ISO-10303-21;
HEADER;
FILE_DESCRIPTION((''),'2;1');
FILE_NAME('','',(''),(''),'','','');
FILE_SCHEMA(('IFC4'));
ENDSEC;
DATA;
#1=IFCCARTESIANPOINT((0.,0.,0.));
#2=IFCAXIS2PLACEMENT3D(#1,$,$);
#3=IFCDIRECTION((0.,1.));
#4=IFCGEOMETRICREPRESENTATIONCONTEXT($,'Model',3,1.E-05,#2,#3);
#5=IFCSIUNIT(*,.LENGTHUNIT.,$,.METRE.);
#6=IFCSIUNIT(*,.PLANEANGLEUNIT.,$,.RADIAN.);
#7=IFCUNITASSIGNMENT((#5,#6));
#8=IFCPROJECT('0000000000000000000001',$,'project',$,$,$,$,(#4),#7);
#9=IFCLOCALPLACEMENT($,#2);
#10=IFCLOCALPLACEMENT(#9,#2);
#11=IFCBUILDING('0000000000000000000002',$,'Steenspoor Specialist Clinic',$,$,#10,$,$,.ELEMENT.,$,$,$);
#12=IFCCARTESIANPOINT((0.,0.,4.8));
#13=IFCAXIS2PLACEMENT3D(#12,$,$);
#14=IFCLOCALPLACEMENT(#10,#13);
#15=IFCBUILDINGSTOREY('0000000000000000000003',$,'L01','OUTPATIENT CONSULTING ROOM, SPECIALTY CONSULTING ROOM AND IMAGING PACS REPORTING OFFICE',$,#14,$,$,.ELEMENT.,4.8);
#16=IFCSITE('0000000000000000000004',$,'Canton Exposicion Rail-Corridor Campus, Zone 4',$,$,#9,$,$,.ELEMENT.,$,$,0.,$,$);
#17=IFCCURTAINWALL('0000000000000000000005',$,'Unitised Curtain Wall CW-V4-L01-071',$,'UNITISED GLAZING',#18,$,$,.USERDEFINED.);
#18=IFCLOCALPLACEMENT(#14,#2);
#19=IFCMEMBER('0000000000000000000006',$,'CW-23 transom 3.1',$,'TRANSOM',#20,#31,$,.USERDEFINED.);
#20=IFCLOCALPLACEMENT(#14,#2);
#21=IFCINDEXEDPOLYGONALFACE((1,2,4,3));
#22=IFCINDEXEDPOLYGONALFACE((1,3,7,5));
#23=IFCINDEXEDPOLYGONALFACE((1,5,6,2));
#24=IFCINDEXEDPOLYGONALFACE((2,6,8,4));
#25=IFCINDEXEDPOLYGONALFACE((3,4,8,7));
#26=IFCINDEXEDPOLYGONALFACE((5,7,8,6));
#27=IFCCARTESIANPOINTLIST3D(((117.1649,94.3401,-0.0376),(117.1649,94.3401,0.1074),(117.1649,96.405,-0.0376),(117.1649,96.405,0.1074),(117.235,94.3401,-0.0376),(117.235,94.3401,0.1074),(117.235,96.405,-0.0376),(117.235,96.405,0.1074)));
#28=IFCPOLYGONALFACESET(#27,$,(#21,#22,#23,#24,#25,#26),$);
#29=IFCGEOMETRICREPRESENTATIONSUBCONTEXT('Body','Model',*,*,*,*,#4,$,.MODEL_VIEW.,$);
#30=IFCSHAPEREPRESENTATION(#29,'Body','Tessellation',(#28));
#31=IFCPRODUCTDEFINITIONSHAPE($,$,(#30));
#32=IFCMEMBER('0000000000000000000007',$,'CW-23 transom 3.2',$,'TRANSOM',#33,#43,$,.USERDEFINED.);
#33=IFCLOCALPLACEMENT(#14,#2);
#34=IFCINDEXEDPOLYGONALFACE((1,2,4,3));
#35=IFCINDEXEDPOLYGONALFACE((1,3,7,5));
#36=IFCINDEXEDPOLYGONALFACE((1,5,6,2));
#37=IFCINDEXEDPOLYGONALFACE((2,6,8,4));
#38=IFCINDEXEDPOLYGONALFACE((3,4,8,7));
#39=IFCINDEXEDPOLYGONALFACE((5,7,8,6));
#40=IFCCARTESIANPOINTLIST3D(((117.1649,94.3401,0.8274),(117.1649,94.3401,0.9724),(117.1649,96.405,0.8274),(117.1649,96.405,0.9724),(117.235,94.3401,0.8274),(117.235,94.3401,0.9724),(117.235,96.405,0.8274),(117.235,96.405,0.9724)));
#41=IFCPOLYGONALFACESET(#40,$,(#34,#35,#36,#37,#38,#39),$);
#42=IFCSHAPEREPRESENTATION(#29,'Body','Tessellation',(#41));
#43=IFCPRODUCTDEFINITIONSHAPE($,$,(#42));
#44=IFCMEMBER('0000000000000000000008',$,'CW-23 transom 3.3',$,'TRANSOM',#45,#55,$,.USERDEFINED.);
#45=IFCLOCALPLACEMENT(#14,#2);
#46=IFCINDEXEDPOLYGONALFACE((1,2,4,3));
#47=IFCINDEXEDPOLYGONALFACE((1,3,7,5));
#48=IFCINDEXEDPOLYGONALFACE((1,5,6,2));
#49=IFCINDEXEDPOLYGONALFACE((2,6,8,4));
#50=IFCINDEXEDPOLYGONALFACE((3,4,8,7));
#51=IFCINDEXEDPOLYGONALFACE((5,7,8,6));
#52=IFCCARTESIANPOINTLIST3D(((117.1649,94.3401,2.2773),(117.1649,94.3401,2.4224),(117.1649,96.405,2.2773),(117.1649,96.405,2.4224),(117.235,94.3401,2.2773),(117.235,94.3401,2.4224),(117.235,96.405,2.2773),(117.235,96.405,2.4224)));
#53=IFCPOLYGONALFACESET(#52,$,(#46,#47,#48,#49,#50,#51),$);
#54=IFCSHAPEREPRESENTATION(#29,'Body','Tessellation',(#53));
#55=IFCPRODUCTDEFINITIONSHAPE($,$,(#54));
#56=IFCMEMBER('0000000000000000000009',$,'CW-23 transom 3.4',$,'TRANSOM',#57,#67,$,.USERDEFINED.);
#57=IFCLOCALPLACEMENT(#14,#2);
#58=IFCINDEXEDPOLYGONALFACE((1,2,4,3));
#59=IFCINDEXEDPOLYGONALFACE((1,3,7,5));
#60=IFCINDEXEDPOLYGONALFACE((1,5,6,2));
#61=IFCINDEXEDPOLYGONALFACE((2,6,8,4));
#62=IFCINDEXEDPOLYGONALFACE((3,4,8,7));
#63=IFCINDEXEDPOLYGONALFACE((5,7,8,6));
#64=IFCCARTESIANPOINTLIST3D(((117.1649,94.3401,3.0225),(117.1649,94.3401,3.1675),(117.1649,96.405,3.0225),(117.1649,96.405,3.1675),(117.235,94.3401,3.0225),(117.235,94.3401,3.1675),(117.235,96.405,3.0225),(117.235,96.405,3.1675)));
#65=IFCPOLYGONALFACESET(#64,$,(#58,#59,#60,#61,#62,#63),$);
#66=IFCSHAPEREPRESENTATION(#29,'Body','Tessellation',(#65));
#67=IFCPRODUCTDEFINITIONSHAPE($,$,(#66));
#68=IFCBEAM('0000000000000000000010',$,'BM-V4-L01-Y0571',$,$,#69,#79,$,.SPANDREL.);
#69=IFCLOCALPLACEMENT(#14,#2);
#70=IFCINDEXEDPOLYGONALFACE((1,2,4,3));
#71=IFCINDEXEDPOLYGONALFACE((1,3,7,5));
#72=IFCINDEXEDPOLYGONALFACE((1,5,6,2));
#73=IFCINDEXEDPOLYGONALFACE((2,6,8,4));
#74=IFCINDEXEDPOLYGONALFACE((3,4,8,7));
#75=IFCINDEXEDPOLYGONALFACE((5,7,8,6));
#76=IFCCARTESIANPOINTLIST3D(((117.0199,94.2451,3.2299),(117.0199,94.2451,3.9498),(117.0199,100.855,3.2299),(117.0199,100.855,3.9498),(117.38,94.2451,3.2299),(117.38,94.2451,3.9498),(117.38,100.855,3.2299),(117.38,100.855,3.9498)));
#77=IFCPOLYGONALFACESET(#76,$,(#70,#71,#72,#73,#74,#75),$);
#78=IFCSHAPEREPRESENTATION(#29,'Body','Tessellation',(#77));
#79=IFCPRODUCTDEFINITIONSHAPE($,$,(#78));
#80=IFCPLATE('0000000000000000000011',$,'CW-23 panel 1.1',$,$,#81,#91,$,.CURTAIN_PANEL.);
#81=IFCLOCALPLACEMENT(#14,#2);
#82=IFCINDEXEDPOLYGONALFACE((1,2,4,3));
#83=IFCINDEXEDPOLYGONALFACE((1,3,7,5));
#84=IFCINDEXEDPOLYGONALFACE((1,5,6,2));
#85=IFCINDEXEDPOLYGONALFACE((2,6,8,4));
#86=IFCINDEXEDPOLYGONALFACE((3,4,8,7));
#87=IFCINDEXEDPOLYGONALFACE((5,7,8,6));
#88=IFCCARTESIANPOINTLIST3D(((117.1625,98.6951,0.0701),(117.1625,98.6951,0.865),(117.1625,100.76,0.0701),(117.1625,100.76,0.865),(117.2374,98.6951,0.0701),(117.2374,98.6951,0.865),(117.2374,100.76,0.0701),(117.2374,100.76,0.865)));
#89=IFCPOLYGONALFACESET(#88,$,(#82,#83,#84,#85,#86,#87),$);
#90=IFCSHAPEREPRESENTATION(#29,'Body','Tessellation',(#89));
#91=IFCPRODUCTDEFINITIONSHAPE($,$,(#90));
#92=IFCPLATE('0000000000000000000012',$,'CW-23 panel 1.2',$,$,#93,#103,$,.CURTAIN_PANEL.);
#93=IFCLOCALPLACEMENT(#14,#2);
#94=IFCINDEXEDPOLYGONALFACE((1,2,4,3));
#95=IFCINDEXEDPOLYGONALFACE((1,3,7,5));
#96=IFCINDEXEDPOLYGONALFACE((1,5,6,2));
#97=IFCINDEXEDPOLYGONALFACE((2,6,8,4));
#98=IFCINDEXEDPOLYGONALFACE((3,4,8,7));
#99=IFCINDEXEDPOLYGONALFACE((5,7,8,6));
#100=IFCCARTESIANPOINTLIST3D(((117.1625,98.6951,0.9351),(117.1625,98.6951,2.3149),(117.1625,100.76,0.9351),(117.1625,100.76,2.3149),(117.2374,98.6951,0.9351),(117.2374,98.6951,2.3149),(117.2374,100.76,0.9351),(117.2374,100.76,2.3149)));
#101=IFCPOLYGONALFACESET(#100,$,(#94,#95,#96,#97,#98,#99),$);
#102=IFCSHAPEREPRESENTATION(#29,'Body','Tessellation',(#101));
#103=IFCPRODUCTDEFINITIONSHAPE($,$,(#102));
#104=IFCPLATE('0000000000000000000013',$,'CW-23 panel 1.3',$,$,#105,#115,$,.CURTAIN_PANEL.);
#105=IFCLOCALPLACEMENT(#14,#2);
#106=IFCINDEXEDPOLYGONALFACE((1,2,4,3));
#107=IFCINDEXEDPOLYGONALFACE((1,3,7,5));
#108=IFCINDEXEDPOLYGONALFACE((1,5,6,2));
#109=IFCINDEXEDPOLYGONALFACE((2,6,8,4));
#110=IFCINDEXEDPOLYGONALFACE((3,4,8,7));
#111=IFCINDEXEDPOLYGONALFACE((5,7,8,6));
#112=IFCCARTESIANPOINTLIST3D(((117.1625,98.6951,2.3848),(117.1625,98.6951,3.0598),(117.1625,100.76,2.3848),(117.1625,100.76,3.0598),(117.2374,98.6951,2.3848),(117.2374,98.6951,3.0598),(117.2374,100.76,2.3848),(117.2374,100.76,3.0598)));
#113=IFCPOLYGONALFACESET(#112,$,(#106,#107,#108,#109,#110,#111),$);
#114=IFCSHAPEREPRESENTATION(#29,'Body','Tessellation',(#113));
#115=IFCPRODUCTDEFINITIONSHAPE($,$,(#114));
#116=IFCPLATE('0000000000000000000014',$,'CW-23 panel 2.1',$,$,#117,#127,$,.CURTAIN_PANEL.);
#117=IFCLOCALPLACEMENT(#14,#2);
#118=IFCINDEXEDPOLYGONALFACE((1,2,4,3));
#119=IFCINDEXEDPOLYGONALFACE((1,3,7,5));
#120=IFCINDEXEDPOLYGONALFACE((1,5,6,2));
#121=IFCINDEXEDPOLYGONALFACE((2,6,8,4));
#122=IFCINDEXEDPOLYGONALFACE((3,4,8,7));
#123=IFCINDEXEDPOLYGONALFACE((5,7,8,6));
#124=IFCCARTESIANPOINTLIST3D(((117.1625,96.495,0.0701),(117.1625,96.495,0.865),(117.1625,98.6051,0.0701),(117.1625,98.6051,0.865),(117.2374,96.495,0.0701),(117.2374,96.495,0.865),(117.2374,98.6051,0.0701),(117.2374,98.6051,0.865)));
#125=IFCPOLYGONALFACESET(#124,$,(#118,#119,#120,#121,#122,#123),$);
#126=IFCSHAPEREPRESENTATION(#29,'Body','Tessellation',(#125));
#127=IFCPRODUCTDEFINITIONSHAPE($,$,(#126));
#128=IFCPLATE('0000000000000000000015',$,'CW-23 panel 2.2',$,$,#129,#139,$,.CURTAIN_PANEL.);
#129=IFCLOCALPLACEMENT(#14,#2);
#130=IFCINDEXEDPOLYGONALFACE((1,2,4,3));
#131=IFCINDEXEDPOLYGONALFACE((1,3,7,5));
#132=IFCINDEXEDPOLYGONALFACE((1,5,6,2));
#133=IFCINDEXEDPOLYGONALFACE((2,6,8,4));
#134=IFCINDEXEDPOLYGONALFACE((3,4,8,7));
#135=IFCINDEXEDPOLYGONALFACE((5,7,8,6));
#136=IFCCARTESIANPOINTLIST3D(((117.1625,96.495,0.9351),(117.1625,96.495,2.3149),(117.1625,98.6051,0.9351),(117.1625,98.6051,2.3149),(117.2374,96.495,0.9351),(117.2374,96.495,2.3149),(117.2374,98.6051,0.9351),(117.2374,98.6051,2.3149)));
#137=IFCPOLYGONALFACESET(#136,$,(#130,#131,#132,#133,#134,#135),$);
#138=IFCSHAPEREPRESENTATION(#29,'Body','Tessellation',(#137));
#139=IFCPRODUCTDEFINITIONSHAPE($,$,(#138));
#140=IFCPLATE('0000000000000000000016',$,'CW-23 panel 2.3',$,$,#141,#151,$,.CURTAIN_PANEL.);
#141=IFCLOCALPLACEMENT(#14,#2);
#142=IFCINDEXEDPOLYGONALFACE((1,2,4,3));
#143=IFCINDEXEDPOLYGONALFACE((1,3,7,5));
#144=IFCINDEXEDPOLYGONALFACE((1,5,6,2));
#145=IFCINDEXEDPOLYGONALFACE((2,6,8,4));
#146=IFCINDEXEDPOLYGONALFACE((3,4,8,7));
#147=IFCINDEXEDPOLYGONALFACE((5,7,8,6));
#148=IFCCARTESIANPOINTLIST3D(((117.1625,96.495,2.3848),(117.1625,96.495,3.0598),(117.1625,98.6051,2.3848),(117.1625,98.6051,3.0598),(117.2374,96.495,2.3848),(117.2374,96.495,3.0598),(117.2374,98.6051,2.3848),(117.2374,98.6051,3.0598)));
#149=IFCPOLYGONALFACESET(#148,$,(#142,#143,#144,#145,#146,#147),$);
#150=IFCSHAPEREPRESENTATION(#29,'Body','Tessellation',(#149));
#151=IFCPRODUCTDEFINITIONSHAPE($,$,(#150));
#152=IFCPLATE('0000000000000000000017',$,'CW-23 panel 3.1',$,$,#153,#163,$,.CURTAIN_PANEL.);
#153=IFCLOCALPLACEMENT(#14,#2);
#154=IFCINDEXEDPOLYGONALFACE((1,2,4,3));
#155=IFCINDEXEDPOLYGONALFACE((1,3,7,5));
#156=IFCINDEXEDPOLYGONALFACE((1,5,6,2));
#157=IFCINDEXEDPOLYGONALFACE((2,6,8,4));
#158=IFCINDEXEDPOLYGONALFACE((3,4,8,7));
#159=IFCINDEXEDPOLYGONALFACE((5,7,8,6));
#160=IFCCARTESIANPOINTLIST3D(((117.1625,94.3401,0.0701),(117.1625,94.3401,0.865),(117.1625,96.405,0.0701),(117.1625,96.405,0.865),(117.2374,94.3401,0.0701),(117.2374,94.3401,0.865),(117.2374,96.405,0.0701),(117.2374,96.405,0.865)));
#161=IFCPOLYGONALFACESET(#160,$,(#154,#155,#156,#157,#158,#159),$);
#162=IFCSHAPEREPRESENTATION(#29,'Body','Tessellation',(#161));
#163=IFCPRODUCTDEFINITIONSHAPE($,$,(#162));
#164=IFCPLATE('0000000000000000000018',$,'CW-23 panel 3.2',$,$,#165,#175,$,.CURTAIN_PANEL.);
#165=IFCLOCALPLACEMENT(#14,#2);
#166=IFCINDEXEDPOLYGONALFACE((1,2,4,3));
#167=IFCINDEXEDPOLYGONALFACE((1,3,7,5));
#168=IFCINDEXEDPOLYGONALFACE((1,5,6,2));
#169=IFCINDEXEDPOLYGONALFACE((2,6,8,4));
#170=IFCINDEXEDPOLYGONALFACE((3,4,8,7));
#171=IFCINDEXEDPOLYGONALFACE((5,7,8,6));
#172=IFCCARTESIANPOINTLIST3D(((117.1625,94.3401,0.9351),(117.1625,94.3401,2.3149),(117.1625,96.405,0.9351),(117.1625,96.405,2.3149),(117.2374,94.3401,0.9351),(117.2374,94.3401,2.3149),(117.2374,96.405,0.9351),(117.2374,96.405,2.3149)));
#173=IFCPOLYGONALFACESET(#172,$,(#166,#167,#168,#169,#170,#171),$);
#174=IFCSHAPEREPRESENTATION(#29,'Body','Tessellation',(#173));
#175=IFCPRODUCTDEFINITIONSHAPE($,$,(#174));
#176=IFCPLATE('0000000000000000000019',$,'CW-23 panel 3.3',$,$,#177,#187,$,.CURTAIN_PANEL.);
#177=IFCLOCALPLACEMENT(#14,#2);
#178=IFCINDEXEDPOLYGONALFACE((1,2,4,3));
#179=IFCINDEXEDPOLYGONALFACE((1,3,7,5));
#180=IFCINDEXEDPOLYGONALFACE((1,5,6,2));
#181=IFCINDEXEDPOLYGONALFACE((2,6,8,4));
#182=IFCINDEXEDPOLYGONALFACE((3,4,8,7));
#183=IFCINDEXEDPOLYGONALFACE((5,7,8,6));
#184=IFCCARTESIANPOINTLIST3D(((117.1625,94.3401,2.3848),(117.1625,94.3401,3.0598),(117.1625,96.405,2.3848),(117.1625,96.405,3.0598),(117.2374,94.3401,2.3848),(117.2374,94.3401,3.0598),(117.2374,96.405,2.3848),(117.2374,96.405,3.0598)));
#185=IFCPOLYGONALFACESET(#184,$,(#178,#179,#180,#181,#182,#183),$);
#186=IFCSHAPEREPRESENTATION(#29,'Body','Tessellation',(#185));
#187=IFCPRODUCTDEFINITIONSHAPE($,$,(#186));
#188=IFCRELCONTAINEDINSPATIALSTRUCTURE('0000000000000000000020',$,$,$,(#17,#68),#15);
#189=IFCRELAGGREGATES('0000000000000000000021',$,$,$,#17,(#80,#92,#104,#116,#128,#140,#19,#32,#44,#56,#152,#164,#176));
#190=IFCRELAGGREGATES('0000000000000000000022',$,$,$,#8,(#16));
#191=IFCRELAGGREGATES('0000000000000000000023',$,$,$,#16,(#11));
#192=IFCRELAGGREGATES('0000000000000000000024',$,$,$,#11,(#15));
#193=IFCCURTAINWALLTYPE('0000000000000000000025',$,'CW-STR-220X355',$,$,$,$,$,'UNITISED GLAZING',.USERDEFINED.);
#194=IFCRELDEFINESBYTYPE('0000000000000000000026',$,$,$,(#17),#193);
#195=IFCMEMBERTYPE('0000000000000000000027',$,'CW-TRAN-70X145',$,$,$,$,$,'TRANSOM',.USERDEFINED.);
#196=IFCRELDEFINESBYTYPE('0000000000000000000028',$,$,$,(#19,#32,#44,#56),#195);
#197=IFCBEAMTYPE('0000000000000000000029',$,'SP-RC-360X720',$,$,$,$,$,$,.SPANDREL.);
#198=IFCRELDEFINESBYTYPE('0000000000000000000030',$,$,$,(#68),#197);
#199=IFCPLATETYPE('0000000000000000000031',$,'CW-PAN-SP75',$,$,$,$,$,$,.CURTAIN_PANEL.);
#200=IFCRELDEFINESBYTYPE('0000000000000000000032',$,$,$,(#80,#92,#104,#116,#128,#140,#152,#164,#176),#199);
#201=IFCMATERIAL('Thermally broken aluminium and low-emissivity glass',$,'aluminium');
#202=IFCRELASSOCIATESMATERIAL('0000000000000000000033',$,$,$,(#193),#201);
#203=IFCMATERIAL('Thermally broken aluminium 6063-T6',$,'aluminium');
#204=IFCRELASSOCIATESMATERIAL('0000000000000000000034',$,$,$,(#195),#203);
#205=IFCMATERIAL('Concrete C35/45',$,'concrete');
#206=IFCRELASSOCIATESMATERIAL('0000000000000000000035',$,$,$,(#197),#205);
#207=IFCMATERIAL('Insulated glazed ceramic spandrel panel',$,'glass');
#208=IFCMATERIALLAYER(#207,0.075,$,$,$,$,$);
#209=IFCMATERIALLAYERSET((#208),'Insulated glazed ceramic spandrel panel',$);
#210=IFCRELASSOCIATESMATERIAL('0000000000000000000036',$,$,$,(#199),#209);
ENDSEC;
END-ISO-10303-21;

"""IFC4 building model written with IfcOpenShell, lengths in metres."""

from ifc_helpers import new_model, si_unit, direction, frame, origin, origin_2d, place, context, subcontext, project, spatial, rectangle, extrude, material, layer, layer_set, material_profile, profile_set, type_object, element, aggregate, save


model = new_model("IFC4")

# Units and contexts
model_context = context("Model", 3, precision=1e-05, world=origin(), true_north=direction((0.0, 1.0)))
body_context = subcontext(model_context, "Body", "Model", "MODEL_VIEW")
ifc_project = project(units=[si_unit("LENGTHUNIT", "METRE"), si_unit("PLANEANGLEUNIT", "RADIAN")], contexts=[model_context])

# Site, building, storey
site_placement = place(None, origin())
site = spatial("IfcSite", under=ifc_project, at=site_placement, Name="Canton Exposicion Rail-Corridor Campus, Zone 4", CompositionType="ELEMENT", RefElevation=0.0)
building_placement = place(site_placement, origin())
building = spatial("IfcBuilding", under=site, at=building_placement, Name="Steenspoor Specialist Clinic", CompositionType="ELEMENT")
storey_placement = place(building_placement, frame((0.0, 0.0, 4.8)))
storey = spatial("IfcBuildingStorey", under=building, at=storey_placement, Name="L01", Description="OUTPATIENT CONSULTING ROOM, SPECIALTY CONSULTING ROOM AND IMAGING PACS REPORTING OFFICE", CompositionType="ELEMENT", Elevation=4.8)

# Shared definitions
ifc_material_1 = material(Name="Concrete C35/45", Category="concrete")

# Curtain wall, members
ifc_material_2 = material(Name="Thermally broken aluminium and low-emissivity glass", Category="aluminium")
curtain_wall_type = type_object("IfcCurtainWallType", Name="CW-STR-220X355", ElementType="UNITISED GLAZING", PredefinedType="USERDEFINED", material=ifc_material_2)
curtain_wall_placement = place(storey_placement, origin())
curtain_wall = element("IfcCurtainWall", 1, at=curtain_wall_placement, inside=storey, type_object=curtain_wall_type, Name="Unitised Curtain Wall CW-V4-L01-071", ObjectType="UNITISED GLAZING", PredefinedType="USERDEFINED")
ifc_material_3 = material(Name="Thermally broken aluminium 6063-T6", Category="aluminium")
ifc_material_profile_1 = material_profile(ifc_material_3, rectangle(XDim=0.0701, YDim=0.145, at=origin_2d()), Name="CWT-70X145")
ifc_profile_set_1 = profile_set([ifc_material_profile_1], Name="Thermally broken aluminium 6063-T6")
member_type_1 = type_object("IfcMemberType", Name="CW-TRAN-70X145", ElementType="TRANSOM", PredefinedType="USERDEFINED", material=ifc_profile_set_1)
member_1_placement = place(storey_placement, frame((117.2, 96.405, 0.0349), z_axis=(0.0, -1.0, 0.0), x_axis=(1.0, 0.0, 0.0)))
member_1 = element("IfcMember", 2, at=member_1_placement, type_object=member_type_1, Name="CW-23 transom 3.1", ObjectType="TRANSOM", PredefinedType="USERDEFINED", context=body_context, shape_type="SweptSolid", body=[
    extrude(rectangle(XDim=0.0701, YDim=0.145, at=origin_2d()), origin(), (0.0, 0.0, 1.0), 2.0649),
])
member_2_placement = place(storey_placement, frame((117.2, 96.405, 0.8999), z_axis=(0.0, -1.0, 0.0), x_axis=(1.0, 0.0, 0.0)))
member_2 = element("IfcMember", 3, at=member_2_placement, type_object=member_type_1, Name="CW-23 transom 3.2", ObjectType="TRANSOM", PredefinedType="USERDEFINED", context=body_context, shape_type="SweptSolid", body=[
    extrude(rectangle(XDim=0.0701, YDim=0.145, at=origin_2d()), origin(), (0.0, 0.0, 1.0), 2.0649),
])
member_3_placement = place(storey_placement, frame((117.2, 96.405, 2.3499), z_axis=(0.0, -1.0, 0.0), x_axis=(1.0, 0.0, 0.0)))
member_3 = element("IfcMember", 4, at=member_3_placement, type_object=member_type_1, Name="CW-23 transom 3.3", ObjectType="TRANSOM", PredefinedType="USERDEFINED", context=body_context, shape_type="SweptSolid", body=[
    extrude(rectangle(XDim=0.0701, YDim=0.145, at=origin_2d()), origin(), (0.0, 0.0, 1.0), 2.0649),
])
member_4_placement = place(storey_placement, frame((117.2, 96.405, 3.095), z_axis=(0.0, -1.0, 0.0), x_axis=(1.0, 0.0, 0.0)))
member_4 = element("IfcMember", 5, at=member_4_placement, type_object=member_type_1, Name="CW-23 transom 3.4", ObjectType="TRANSOM", PredefinedType="USERDEFINED", context=body_context, shape_type="SweptSolid", body=[
    extrude(rectangle(XDim=0.0701, YDim=0.145, at=origin_2d()), origin(), (0.0, 0.0, 1.0), 2.0649),
])

# Beam
ifc_material_profile_2 = material_profile(ifc_material_1, rectangle(XDim=0.3601, YDim=0.72, at=origin_2d()), Name="RC-SP-360X720")
ifc_profile_set_2 = profile_set([ifc_material_profile_2], Name="Concrete C35/45")
beam_type_1 = type_object("IfcBeamType", Name="SP-RC-360X720", PredefinedType="SPANDREL", material=ifc_profile_set_2)
beam_1_placement = place(storey_placement, frame((117.2, 94.2451, 3.5898), z_axis=(0.0, 1.0, 0.0), x_axis=(-1.0, 0.0, 0.0)))
element("IfcBeam", 6, at=beam_1_placement, inside=storey, type_object=beam_type_1, Name="BM-V4-L01-Y0571", PredefinedType="SPANDREL", context=body_context, shape_type="SweptSolid", body=[
    extrude(rectangle(XDim=0.3601, YDim=0.72, at=origin_2d()), origin(), (0.0, 0.0, 1.0), 6.6099),
])

# Plates
ifc_material_4 = material(Name="Insulated glazed ceramic spandrel panel", Category="glass")
ifc_layer_1 = layer(ifc_material_4, 0.075)
ifc_layer_set_1 = layer_set([ifc_layer_1], Name="Insulated glazed ceramic spandrel panel")
plate_type = type_object("IfcPlateType", Name="CW-PAN-SP75", PredefinedType="CURTAIN_PANEL", material=ifc_layer_set_1)
plate_1_placement = place(storey_placement, frame((117.2, 99.7275, 0.0701), z_axis=(0.0, 0.0, 1.0), x_axis=(0.0, -1.0, 0.0)))
plate_1 = element("IfcPlate", 7, at=plate_1_placement, type_object=plate_type, Name="CW-23 panel 1.1", PredefinedType="CURTAIN_PANEL", context=body_context, shape_type="SweptSolid", body=[
    extrude(rectangle(XDim=2.0649, YDim=0.075, at=origin_2d()), origin(), (0.0, 0.0, 1.0), 0.7949),
])
plate_2_placement = place(storey_placement, frame((117.2, 99.7275, 0.9351), z_axis=(0.0, 0.0, 1.0), x_axis=(0.0, -1.0, 0.0)))
plate_2 = element("IfcPlate", 8, at=plate_2_placement, type_object=plate_type, Name="CW-23 panel 1.2", PredefinedType="CURTAIN_PANEL", context=body_context, shape_type="SweptSolid", body=[
    extrude(rectangle(XDim=2.0649, YDim=0.075, at=origin_2d()), origin(), (0.0, 0.0, 1.0), 1.3799),
])
plate_3_placement = place(storey_placement, frame((117.2, 99.7275, 2.3848), z_axis=(0.0, 0.0, 1.0), x_axis=(0.0, -1.0, 0.0)))
plate_3 = element("IfcPlate", 9, at=plate_3_placement, type_object=plate_type, Name="CW-23 panel 1.3", PredefinedType="CURTAIN_PANEL", context=body_context, shape_type="SweptSolid", body=[
    extrude(rectangle(XDim=2.0649, YDim=0.075, at=origin_2d()), origin(), (0.0, 0.0, 1.0), 0.675),
])
plate_4_placement = place(storey_placement, frame((117.2, 97.55, 0.0701), z_axis=(0.0, 0.0, 1.0), x_axis=(0.0, -1.0, 0.0)))
plate_4 = element("IfcPlate", 10, at=plate_4_placement, type_object=plate_type, Name="CW-23 panel 2.1", PredefinedType="CURTAIN_PANEL", context=body_context, shape_type="SweptSolid", body=[
    extrude(rectangle(XDim=2.1101, YDim=0.075, at=origin_2d()), origin(), (0.0, 0.0, 1.0), 0.7949),
])
plate_5_placement = place(storey_placement, frame((117.2, 97.55, 0.9351), z_axis=(0.0, 0.0, 1.0), x_axis=(0.0, -1.0, 0.0)))
plate_5 = element("IfcPlate", 11, at=plate_5_placement, type_object=plate_type, Name="CW-23 panel 2.2", PredefinedType="CURTAIN_PANEL", context=body_context, shape_type="SweptSolid", body=[
    extrude(rectangle(XDim=2.1101, YDim=0.075, at=origin_2d()), origin(), (0.0, 0.0, 1.0), 1.3799),
])
plate_6_placement = place(storey_placement, frame((117.2, 97.55, 2.3848), z_axis=(0.0, 0.0, 1.0), x_axis=(0.0, -1.0, 0.0)))
plate_6 = element("IfcPlate", 12, at=plate_6_placement, type_object=plate_type, Name="CW-23 panel 2.3", PredefinedType="CURTAIN_PANEL", context=body_context, shape_type="SweptSolid", body=[
    extrude(rectangle(XDim=2.1101, YDim=0.075, at=origin_2d()), origin(), (0.0, 0.0, 1.0), 0.675),
])
plate_7_placement = place(storey_placement, frame((117.2, 95.3726, 0.0701), z_axis=(0.0, 0.0, 1.0), x_axis=(0.0, -1.0, 0.0)))
plate_7 = element("IfcPlate", 13, at=plate_7_placement, type_object=plate_type, Name="CW-23 panel 3.1", PredefinedType="CURTAIN_PANEL", context=body_context, shape_type="SweptSolid", body=[
    extrude(rectangle(XDim=2.0649, YDim=0.075, at=origin_2d()), origin(), (0.0, 0.0, 1.0), 0.7949),
])
plate_8_placement = place(storey_placement, frame((117.2, 95.3726, 0.9351), z_axis=(0.0, 0.0, 1.0), x_axis=(0.0, -1.0, 0.0)))
plate_8 = element("IfcPlate", 14, at=plate_8_placement, type_object=plate_type, Name="CW-23 panel 3.2", PredefinedType="CURTAIN_PANEL", context=body_context, shape_type="SweptSolid", body=[
    extrude(rectangle(XDim=2.0649, YDim=0.075, at=origin_2d()), origin(), (0.0, 0.0, 1.0), 1.3799),
])
plate_9_placement = place(storey_placement, frame((117.2, 95.3726, 2.3848), z_axis=(0.0, 0.0, 1.0), x_axis=(0.0, -1.0, 0.0)))
plate_9 = element("IfcPlate", 15, at=plate_9_placement, type_object=plate_type, Name="CW-23 panel 3.3", PredefinedType="CURTAIN_PANEL", context=body_context, shape_type="SweptSolid", body=[
    extrude(rectangle(XDim=2.0649, YDim=0.075, at=origin_2d()), origin(), (0.0, 0.0, 1.0), 0.675),
])
aggregate(curtain_wall, [plate_1, plate_2, plate_3, plate_4, plate_5, plate_6, member_1, member_2, member_3, member_4, plate_7, plate_8, plate_9])

save(model, "model.ifc")
